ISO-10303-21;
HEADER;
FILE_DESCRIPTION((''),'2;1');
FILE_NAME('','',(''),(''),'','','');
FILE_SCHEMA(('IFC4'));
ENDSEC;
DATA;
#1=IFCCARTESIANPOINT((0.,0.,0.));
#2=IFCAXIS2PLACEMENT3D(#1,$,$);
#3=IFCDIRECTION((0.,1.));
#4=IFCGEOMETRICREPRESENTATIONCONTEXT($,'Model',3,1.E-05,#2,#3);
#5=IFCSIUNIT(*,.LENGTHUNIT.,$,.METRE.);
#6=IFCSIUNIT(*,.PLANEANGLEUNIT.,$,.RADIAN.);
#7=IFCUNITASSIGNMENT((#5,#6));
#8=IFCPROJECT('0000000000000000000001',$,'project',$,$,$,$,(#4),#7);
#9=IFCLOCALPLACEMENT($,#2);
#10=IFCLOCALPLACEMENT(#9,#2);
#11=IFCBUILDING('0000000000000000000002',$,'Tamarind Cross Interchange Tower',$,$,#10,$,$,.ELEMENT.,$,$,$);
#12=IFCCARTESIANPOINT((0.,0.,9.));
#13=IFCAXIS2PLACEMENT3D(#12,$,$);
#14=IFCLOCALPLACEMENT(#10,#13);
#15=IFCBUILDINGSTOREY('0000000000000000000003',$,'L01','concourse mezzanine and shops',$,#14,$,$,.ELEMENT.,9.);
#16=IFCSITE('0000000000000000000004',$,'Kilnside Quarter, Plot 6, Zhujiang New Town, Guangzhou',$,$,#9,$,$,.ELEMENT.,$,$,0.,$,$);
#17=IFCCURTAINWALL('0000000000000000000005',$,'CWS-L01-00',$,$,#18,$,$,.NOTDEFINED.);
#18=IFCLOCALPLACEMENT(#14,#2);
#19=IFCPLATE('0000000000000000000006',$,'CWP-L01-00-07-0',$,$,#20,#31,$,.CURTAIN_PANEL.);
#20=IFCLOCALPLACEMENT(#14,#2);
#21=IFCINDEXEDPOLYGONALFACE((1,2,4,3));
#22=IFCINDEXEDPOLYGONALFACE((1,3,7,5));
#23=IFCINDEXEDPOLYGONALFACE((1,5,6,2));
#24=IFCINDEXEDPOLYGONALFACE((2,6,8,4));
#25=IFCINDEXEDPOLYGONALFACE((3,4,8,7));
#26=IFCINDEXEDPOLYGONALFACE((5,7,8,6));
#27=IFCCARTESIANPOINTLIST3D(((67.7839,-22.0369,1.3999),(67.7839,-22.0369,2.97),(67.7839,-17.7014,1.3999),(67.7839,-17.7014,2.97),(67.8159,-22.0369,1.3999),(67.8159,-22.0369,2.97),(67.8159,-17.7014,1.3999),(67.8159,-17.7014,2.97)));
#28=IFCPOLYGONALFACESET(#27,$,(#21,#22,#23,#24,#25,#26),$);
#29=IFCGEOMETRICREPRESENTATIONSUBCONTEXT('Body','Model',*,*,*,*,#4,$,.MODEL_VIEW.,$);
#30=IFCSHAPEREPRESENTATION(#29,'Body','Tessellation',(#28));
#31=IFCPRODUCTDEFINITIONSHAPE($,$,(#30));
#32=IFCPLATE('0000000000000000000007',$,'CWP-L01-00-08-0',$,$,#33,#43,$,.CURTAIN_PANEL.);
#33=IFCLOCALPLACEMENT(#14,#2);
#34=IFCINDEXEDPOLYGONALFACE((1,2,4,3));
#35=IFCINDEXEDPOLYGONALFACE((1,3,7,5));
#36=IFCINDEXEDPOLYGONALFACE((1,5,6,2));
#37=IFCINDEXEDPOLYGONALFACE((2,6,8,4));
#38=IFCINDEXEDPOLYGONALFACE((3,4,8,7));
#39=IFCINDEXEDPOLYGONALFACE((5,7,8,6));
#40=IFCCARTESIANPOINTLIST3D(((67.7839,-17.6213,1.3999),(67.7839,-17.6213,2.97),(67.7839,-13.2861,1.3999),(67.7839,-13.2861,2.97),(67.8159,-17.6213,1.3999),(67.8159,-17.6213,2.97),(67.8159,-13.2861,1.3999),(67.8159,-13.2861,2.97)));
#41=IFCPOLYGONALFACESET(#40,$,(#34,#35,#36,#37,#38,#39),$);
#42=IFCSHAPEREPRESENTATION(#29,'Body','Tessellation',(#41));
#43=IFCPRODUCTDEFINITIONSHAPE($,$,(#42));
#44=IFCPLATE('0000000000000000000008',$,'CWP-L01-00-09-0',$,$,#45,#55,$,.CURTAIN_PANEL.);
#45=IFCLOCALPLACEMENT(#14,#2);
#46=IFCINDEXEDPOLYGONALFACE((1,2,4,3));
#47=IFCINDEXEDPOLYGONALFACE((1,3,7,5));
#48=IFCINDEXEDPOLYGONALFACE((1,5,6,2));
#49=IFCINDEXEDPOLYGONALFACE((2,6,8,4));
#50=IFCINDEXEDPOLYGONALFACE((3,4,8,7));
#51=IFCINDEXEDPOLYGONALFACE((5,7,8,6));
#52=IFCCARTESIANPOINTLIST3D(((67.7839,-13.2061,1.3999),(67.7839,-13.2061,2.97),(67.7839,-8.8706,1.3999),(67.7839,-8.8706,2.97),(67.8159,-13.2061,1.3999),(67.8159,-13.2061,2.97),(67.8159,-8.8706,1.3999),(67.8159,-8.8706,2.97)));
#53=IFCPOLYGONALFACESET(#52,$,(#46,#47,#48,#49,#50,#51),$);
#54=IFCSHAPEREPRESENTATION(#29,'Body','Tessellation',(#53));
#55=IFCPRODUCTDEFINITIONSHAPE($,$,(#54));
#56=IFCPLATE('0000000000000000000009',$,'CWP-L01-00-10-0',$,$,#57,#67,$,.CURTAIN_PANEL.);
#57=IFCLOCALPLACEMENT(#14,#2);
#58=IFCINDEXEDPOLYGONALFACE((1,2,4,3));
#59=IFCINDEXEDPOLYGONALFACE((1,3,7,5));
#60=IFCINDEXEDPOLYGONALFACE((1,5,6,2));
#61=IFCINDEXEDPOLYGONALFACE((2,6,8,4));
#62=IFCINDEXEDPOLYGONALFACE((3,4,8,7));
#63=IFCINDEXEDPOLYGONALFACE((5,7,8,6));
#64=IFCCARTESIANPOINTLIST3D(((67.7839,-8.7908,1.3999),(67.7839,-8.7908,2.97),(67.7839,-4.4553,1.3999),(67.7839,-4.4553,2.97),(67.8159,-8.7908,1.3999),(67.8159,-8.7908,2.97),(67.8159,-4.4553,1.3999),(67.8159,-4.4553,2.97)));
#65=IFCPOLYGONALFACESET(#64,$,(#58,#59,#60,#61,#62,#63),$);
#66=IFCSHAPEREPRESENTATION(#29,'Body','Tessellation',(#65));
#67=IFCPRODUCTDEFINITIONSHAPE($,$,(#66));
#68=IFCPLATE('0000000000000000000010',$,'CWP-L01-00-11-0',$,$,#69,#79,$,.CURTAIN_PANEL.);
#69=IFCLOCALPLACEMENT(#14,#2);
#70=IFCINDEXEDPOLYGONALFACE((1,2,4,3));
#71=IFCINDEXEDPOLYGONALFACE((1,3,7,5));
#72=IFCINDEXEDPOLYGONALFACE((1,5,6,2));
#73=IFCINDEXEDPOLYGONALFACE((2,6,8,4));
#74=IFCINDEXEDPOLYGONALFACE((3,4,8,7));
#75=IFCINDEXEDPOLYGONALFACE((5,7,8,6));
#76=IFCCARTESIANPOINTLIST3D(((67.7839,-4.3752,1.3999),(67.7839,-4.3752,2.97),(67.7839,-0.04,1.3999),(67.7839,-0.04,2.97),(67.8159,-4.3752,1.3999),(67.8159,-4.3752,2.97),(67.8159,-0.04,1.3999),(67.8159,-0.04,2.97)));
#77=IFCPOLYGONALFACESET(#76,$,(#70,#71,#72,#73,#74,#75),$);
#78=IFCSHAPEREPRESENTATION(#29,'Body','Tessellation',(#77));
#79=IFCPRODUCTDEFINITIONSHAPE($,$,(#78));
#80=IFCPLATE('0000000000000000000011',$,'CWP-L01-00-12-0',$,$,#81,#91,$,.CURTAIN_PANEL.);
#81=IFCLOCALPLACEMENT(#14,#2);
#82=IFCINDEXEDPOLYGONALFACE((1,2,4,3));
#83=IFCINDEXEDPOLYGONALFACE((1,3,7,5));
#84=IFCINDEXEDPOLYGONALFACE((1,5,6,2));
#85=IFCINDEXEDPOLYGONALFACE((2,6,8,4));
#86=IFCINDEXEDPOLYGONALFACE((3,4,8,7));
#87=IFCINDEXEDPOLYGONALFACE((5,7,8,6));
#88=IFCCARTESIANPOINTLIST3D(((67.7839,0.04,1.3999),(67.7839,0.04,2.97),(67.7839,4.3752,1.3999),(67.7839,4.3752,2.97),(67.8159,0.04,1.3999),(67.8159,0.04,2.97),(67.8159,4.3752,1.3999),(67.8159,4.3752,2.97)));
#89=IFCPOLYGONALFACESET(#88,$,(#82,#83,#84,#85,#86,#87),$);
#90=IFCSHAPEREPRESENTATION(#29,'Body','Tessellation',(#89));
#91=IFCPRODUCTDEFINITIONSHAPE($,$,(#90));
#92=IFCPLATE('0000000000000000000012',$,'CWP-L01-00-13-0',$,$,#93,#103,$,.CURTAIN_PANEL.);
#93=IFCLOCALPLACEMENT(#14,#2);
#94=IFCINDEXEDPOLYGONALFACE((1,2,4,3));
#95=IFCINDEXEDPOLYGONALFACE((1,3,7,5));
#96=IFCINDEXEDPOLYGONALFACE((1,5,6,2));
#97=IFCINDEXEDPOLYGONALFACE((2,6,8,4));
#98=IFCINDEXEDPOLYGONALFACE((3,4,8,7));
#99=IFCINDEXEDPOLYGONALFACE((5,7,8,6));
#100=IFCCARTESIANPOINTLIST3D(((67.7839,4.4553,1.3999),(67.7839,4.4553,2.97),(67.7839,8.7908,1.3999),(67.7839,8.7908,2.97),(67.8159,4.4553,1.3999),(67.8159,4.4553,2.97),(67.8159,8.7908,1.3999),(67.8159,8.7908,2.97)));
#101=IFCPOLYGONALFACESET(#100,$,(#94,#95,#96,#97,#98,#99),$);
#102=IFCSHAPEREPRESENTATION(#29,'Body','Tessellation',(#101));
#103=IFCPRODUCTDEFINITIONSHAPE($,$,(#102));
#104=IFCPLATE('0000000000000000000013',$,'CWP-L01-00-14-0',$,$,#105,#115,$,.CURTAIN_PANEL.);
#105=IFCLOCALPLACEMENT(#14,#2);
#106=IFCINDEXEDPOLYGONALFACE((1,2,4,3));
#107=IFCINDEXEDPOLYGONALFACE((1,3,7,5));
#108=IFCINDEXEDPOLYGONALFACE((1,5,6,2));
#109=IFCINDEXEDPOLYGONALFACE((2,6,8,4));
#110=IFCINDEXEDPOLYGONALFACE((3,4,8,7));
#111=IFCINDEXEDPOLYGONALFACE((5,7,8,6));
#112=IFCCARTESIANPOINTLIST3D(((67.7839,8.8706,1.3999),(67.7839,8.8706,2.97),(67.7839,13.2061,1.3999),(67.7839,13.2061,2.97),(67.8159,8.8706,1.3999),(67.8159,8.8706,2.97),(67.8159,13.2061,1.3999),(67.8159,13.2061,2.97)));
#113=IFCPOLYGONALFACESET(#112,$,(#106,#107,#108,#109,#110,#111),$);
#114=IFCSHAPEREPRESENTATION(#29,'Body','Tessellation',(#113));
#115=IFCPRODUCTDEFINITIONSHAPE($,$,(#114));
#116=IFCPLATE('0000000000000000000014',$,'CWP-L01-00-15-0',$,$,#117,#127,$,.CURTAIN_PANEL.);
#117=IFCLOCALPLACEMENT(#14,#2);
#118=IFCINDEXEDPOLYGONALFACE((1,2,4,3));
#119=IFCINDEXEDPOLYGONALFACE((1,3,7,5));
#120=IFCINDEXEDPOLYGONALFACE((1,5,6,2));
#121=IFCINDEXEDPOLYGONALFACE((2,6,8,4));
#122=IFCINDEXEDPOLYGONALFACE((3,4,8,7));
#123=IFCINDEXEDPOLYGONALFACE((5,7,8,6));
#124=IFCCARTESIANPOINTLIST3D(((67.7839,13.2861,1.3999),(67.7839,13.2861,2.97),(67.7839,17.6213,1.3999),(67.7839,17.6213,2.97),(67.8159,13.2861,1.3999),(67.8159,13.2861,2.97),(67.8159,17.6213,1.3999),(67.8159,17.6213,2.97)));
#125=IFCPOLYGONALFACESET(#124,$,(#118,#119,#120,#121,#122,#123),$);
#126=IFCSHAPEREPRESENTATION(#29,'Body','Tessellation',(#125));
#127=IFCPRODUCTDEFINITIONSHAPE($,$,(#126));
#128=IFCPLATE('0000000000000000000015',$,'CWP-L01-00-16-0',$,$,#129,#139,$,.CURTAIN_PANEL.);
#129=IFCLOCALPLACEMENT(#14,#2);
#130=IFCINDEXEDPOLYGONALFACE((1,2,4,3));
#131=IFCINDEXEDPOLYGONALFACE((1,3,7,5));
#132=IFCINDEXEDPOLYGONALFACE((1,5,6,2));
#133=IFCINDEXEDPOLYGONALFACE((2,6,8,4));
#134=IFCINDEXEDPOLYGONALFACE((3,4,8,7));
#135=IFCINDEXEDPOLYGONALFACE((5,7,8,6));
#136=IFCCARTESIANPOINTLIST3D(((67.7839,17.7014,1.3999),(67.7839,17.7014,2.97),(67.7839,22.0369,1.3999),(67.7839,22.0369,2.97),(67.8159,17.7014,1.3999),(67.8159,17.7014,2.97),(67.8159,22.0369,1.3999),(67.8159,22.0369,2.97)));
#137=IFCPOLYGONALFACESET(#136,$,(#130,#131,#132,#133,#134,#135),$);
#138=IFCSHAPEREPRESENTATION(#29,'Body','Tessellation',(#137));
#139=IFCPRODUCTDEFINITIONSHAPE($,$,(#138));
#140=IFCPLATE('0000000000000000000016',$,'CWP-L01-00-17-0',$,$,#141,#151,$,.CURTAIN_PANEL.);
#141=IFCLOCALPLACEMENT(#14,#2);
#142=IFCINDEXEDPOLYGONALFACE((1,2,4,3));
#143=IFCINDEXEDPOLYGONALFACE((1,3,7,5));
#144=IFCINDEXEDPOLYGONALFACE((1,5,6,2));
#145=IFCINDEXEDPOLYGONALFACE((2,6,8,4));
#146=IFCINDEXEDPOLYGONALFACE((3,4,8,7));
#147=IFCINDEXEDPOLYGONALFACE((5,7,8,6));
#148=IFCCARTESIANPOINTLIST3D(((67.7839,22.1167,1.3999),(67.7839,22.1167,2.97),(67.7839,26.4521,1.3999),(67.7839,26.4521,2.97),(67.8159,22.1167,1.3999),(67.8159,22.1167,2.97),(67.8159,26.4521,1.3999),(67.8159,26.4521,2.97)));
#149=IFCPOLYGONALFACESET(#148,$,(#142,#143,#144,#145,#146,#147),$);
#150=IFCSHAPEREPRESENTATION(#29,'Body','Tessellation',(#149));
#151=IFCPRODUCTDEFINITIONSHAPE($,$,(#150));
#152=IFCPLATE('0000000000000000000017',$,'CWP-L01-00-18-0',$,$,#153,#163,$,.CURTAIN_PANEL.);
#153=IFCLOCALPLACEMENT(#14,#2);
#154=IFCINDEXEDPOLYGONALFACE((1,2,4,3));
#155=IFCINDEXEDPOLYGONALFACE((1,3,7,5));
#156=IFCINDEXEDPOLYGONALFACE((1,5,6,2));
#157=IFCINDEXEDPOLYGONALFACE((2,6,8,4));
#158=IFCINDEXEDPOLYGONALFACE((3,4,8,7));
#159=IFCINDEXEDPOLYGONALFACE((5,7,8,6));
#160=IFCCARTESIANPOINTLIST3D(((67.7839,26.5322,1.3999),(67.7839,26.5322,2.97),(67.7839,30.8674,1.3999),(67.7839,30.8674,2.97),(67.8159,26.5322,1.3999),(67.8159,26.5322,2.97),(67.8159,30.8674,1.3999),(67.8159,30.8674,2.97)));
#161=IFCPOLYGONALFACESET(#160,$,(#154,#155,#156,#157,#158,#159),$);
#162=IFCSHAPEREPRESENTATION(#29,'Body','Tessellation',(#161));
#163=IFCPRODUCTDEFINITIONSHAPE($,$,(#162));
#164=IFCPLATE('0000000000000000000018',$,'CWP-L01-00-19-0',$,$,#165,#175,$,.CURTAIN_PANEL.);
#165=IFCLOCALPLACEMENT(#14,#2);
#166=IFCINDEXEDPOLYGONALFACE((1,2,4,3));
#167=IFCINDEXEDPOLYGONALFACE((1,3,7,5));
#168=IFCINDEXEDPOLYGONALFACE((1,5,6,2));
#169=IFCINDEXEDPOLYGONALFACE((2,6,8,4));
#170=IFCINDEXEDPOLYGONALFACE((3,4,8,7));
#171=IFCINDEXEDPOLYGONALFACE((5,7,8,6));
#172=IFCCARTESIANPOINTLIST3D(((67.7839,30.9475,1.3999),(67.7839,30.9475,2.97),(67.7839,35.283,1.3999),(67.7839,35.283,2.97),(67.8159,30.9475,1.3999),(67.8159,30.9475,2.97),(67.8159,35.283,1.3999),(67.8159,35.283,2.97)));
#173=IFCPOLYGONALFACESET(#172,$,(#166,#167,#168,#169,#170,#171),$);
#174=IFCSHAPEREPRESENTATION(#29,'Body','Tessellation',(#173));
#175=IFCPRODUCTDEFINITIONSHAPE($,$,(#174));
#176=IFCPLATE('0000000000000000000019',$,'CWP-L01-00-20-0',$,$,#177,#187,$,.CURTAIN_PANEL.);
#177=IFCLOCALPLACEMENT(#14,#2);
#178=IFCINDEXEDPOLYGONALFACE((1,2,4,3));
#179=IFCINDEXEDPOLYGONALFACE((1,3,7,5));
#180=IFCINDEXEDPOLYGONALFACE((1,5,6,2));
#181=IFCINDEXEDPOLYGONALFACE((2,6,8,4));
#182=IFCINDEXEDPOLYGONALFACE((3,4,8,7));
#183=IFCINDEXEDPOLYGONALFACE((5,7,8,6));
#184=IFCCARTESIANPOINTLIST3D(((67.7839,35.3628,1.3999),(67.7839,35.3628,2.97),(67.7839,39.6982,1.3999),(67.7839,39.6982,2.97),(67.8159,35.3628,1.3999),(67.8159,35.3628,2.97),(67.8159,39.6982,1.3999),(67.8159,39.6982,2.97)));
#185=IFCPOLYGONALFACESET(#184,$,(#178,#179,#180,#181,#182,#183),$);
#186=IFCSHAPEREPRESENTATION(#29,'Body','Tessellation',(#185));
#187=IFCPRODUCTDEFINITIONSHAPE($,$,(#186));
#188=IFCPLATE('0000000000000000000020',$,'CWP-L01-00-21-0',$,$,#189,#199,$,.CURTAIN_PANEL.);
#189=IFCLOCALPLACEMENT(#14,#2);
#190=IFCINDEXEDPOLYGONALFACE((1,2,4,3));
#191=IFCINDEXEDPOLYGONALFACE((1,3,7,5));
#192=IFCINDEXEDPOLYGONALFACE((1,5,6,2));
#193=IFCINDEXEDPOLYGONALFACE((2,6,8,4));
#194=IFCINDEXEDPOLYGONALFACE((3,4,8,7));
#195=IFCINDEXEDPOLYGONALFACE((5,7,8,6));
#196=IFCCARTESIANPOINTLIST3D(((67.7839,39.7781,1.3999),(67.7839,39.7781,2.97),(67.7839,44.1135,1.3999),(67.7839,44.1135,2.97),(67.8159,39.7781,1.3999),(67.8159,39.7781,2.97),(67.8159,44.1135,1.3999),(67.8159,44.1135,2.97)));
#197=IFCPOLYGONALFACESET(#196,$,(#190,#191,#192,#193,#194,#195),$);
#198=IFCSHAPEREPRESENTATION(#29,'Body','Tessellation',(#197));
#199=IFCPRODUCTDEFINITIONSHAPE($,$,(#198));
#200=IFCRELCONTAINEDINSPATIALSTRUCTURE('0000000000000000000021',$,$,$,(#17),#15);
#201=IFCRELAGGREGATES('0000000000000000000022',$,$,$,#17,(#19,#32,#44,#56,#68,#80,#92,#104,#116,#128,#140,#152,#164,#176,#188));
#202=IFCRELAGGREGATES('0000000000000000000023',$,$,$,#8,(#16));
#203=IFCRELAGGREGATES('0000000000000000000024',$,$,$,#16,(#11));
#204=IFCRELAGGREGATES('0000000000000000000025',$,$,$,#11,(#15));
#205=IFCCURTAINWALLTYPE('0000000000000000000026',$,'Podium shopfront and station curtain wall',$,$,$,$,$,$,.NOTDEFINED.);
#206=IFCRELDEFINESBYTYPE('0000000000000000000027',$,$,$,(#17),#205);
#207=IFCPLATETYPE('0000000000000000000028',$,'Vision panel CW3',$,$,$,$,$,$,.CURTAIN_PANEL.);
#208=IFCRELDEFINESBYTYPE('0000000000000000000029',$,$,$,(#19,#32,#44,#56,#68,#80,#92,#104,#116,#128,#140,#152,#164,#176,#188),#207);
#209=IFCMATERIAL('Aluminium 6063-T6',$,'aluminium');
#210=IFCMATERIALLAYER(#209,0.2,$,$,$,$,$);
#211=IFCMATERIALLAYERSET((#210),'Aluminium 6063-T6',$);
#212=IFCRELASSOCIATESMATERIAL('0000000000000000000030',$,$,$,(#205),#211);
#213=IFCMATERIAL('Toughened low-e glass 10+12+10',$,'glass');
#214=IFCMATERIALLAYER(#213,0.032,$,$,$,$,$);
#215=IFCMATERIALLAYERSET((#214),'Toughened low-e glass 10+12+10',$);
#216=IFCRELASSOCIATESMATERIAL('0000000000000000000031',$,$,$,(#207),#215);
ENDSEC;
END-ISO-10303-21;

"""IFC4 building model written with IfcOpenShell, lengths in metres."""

from ifc_helpers import new_model, si_unit, direction, frame, origin, place, context, subcontext, project, spatial, polyline, outline, extrude, material, layer, layer_set, type_object, element, aggregate, save


model = new_model("IFC4")

# Units and contexts
model_context = context("Model", 3, precision=1e-05, world=origin(), true_north=direction((0.0, 1.0)))
body_context = subcontext(model_context, "Body", "Model", "MODEL_VIEW")
ifc_project = project(units=[si_unit("LENGTHUNIT", "METRE"), si_unit("PLANEANGLEUNIT", "RADIAN")], contexts=[model_context])

# Site, building, storey
site_placement = place(None, origin())
site = spatial("IfcSite", under=ifc_project, at=site_placement, Name="Kilnside Quarter, Plot 6, Zhujiang New Town, Guangzhou", CompositionType="ELEMENT", RefElevation=0.0)
building_placement = place(site_placement, origin())
building = spatial("IfcBuilding", under=site, at=building_placement, Name="Tamarind Cross Interchange Tower", CompositionType="ELEMENT")
storey_placement = place(building_placement, frame((0.0, 0.0, 9.0)))
storey = spatial("IfcBuildingStorey", under=building, at=storey_placement, Name="L01", Description="concourse mezzanine and shops", CompositionType="ELEMENT", Elevation=9.0)

# Curtain wall
ifc_material_1 = material(Name="Aluminium 6063-T6", Category="aluminium")
ifc_layer_1 = layer(ifc_material_1, 0.2)
ifc_layer_set_1 = layer_set([ifc_layer_1], Name="Aluminium 6063-T6")
curtain_wall_type = type_object("IfcCurtainWallType", Name="Podium shopfront and station curtain wall", PredefinedType="NOTDEFINED", material=ifc_layer_set_1)
curtain_wall_placement = place(storey_placement, origin())
curtain_wall = element("IfcCurtainWall", 1, at=curtain_wall_placement, inside=storey, type_object=curtain_wall_type, Name="CWS-L01-00", PredefinedType="NOTDEFINED")

# Plates
ifc_material_2 = material(Name="Toughened low-e glass 10+12+10", Category="glass")
ifc_layer_2 = layer(ifc_material_2, 0.032)
ifc_layer_set_2 = layer_set([ifc_layer_2], Name="Toughened low-e glass 10+12+10")
plate_type = type_object("IfcPlateType", Name="Vision panel CW3", PredefinedType="CURTAIN_PANEL", material=ifc_layer_set_2)
plate_1_placement = place(storey_placement, frame((0.0, 0.0, 1.3999)))
plate_1 = element("IfcPlate", 2, at=plate_1_placement, type_object=plate_type, Name="CWP-L01-00-07-0", PredefinedType="CURTAIN_PANEL", context=body_context, shape_type="SweptSolid", body=[
    extrude(outline(polyline([(67.7839, -22.0369), (67.7839, -17.7014), (67.8159, -17.7014), (67.8159, -22.0369), (67.7839, -22.0369)])), origin(), (0.0, 0.0, 1.0), 1.5701),
])
plate_2_placement = place(storey_placement, frame((0.0, 0.0, 1.3999)))
plate_2 = element("IfcPlate", 3, at=plate_2_placement, type_object=plate_type, Name="CWP-L01-00-08-0", PredefinedType="CURTAIN_PANEL", context=body_context, shape_type="SweptSolid", body=[
    extrude(outline(polyline([(67.7839, -17.6213), (67.7839, -13.2861), (67.8159, -13.2861), (67.8159, -17.6213), (67.7839, -17.6213)])), origin(), (0.0, 0.0, 1.0), 1.5701),
])
plate_3_placement = place(storey_placement, frame((0.0, 0.0, 1.3999)))
plate_3 = element("IfcPlate", 4, at=plate_3_placement, type_object=plate_type, Name="CWP-L01-00-09-0", PredefinedType="CURTAIN_PANEL", context=body_context, shape_type="SweptSolid", body=[
    extrude(outline(polyline([(67.7839, -13.2061), (67.7839, -8.8706), (67.8159, -8.8706), (67.8159, -13.2061), (67.7839, -13.2061)])), origin(), (0.0, 0.0, 1.0), 1.5701),
])
plate_4_placement = place(storey_placement, frame((0.0, 0.0, 1.3999)))
plate_4 = element("IfcPlate", 5, at=plate_4_placement, type_object=plate_type, Name="CWP-L01-00-10-0", PredefinedType="CURTAIN_PANEL", context=body_context, shape_type="SweptSolid", body=[
    extrude(outline(polyline([(67.7839, -8.7908), (67.7839, -4.4553), (67.8159, -4.4553), (67.8159, -8.7908), (67.7839, -8.7908)])), origin(), (0.0, 0.0, 1.0), 1.5701),
])
plate_5_placement = place(storey_placement, frame((0.0, 0.0, 1.3999)))
plate_5 = element("IfcPlate", 6, at=plate_5_placement, type_object=plate_type, Name="CWP-L01-00-11-0", PredefinedType="CURTAIN_PANEL", context=body_context, shape_type="SweptSolid", body=[
    extrude(outline(polyline([(67.7839, -4.3752), (67.7839, -0.04), (67.8159, -0.04), (67.8159, -4.3752), (67.7839, -4.3752)])), origin(), (0.0, 0.0, 1.0), 1.5701),
])
plate_6_placement = place(storey_placement, frame((0.0, 0.0, 1.3999)))
plate_6 = element("IfcPlate", 7, at=plate_6_placement, type_object=plate_type, Name="CWP-L01-00-12-0", PredefinedType="CURTAIN_PANEL", context=body_context, shape_type="SweptSolid", body=[
    extrude(outline(polyline([(67.7839, 0.04), (67.7839, 4.3752), (67.8159, 4.3752), (67.8159, 0.04), (67.7839, 0.04)])), origin(), (0.0, 0.0, 1.0), 1.5701),
])
plate_7_placement = place(storey_placement, frame((0.0, 0.0, 1.3999)))
plate_7 = element("IfcPlate", 8, at=plate_7_placement, type_object=plate_type, Name="CWP-L01-00-13-0", PredefinedType="CURTAIN_PANEL", context=body_context, shape_type="SweptSolid", body=[
    extrude(outline(polyline([(67.7839, 4.4553), (67.7839, 8.7908), (67.8159, 8.7908), (67.8159, 4.4553), (67.7839, 4.4553)])), origin(), (0.0, 0.0, 1.0), 1.5701),
])
plate_8_placement = place(storey_placement, frame((0.0, 0.0, 1.3999)))
plate_8 = element("IfcPlate", 9, at=plate_8_placement, type_object=plate_type, Name="CWP-L01-00-14-0", PredefinedType="CURTAIN_PANEL", context=body_context, shape_type="SweptSolid", body=[
    extrude(outline(polyline([(67.7839, 8.8706), (67.7839, 13.2061), (67.8159, 13.2061), (67.8159, 8.8706), (67.7839, 8.8706)])), origin(), (0.0, 0.0, 1.0), 1.5701),
])
plate_9_placement = place(storey_placement, frame((0.0, 0.0, 1.3999)))
plate_9 = element("IfcPlate", 10, at=plate_9_placement, type_object=plate_type, Name="CWP-L01-00-15-0", PredefinedType="CURTAIN_PANEL", context=body_context, shape_type="SweptSolid", body=[
    extrude(outline(polyline([(67.7839, 13.2861), (67.7839, 17.6213), (67.8159, 17.6213), (67.8159, 13.2861), (67.7839, 13.2861)])), origin(), (0.0, 0.0, 1.0), 1.5701),
])
plate_10_placement = place(storey_placement, frame((0.0, 0.0, 1.3999)))
plate_10 = element("IfcPlate", 11, at=plate_10_placement, type_object=plate_type, Name="CWP-L01-00-16-0", PredefinedType="CURTAIN_PANEL", context=body_context, shape_type="SweptSolid", body=[
    extrude(outline(polyline([(67.7839, 17.7014), (67.7839, 22.0369), (67.8159, 22.0369), (67.8159, 17.7014), (67.7839, 17.7014)])), origin(), (0.0, 0.0, 1.0), 1.5701),
])
plate_11_placement = place(storey_placement, frame((0.0, 0.0, 1.3999)))
plate_11 = element("IfcPlate", 12, at=plate_11_placement, type_object=plate_type, Name="CWP-L01-00-17-0", PredefinedType="CURTAIN_PANEL", context=body_context, shape_type="SweptSolid", body=[
    extrude(outline(polyline([(67.7839, 22.1167), (67.7839, 26.4521), (67.8159, 26.4521), (67.8159, 22.1167), (67.7839, 22.1167)])), origin(), (0.0, 0.0, 1.0), 1.5701),
])
plate_12_placement = place(storey_placement, frame((0.0, 0.0, 1.3999)))
plate_12 = element("IfcPlate", 13, at=plate_12_placement, type_object=plate_type, Name="CWP-L01-00-18-0", PredefinedType="CURTAIN_PANEL", context=body_context, shape_type="SweptSolid", body=[
    extrude(outline(polyline([(67.7839, 26.5322), (67.7839, 30.8674), (67.8159, 30.8674), (67.8159, 26.5322), (67.7839, 26.5322)])), origin(), (0.0, 0.0, 1.0), 1.5701),
])
plate_13_placement = place(storey_placement, frame((0.0, 0.0, 1.3999)))
plate_13 = element("IfcPlate", 14, at=plate_13_placement, type_object=plate_type, Name="CWP-L01-00-19-0", PredefinedType="CURTAIN_PANEL", context=body_context, shape_type="SweptSolid", body=[
    extrude(outline(polyline([(67.7839, 30.9475), (67.7839, 35.283), (67.8159, 35.283), (67.8159, 30.9475), (67.7839, 30.9475)])), origin(), (0.0, 0.0, 1.0), 1.5701),
])
plate_14_placement = place(storey_placement, frame((0.0, 0.0, 1.3999)))
plate_14 = element("IfcPlate", 15, at=plate_14_placement, type_object=plate_type, Name="CWP-L01-00-20-0", PredefinedType="CURTAIN_PANEL", context=body_context, shape_type="SweptSolid", body=[
    extrude(outline(polyline([(67.7839, 35.3628), (67.7839, 39.6982), (67.8159, 39.6982), (67.8159, 35.3628), (67.7839, 35.3628)])), origin(), (0.0, 0.0, 1.0), 1.5701),
])
plate_15_placement = place(storey_placement, frame((0.0, 0.0, 1.3999)))
plate_15 = element("IfcPlate", 16, at=plate_15_placement, type_object=plate_type, Name="CWP-L01-00-21-0", PredefinedType="CURTAIN_PANEL", context=body_context, shape_type="SweptSolid", body=[
    extrude(outline(polyline([(67.7839, 39.7781), (67.7839, 44.1135), (67.8159, 44.1135), (67.8159, 39.7781), (67.7839, 39.7781)])), origin(), (0.0, 0.0, 1.0), 1.5701),
])
aggregate(curtain_wall, [plate_1, plate_2, plate_3, plate_4, plate_5, plate_6, plate_7, plate_8, plate_9, plate_10, plate_11, plate_12, plate_13, plate_14, plate_15])

save(model, "model.ifc")
